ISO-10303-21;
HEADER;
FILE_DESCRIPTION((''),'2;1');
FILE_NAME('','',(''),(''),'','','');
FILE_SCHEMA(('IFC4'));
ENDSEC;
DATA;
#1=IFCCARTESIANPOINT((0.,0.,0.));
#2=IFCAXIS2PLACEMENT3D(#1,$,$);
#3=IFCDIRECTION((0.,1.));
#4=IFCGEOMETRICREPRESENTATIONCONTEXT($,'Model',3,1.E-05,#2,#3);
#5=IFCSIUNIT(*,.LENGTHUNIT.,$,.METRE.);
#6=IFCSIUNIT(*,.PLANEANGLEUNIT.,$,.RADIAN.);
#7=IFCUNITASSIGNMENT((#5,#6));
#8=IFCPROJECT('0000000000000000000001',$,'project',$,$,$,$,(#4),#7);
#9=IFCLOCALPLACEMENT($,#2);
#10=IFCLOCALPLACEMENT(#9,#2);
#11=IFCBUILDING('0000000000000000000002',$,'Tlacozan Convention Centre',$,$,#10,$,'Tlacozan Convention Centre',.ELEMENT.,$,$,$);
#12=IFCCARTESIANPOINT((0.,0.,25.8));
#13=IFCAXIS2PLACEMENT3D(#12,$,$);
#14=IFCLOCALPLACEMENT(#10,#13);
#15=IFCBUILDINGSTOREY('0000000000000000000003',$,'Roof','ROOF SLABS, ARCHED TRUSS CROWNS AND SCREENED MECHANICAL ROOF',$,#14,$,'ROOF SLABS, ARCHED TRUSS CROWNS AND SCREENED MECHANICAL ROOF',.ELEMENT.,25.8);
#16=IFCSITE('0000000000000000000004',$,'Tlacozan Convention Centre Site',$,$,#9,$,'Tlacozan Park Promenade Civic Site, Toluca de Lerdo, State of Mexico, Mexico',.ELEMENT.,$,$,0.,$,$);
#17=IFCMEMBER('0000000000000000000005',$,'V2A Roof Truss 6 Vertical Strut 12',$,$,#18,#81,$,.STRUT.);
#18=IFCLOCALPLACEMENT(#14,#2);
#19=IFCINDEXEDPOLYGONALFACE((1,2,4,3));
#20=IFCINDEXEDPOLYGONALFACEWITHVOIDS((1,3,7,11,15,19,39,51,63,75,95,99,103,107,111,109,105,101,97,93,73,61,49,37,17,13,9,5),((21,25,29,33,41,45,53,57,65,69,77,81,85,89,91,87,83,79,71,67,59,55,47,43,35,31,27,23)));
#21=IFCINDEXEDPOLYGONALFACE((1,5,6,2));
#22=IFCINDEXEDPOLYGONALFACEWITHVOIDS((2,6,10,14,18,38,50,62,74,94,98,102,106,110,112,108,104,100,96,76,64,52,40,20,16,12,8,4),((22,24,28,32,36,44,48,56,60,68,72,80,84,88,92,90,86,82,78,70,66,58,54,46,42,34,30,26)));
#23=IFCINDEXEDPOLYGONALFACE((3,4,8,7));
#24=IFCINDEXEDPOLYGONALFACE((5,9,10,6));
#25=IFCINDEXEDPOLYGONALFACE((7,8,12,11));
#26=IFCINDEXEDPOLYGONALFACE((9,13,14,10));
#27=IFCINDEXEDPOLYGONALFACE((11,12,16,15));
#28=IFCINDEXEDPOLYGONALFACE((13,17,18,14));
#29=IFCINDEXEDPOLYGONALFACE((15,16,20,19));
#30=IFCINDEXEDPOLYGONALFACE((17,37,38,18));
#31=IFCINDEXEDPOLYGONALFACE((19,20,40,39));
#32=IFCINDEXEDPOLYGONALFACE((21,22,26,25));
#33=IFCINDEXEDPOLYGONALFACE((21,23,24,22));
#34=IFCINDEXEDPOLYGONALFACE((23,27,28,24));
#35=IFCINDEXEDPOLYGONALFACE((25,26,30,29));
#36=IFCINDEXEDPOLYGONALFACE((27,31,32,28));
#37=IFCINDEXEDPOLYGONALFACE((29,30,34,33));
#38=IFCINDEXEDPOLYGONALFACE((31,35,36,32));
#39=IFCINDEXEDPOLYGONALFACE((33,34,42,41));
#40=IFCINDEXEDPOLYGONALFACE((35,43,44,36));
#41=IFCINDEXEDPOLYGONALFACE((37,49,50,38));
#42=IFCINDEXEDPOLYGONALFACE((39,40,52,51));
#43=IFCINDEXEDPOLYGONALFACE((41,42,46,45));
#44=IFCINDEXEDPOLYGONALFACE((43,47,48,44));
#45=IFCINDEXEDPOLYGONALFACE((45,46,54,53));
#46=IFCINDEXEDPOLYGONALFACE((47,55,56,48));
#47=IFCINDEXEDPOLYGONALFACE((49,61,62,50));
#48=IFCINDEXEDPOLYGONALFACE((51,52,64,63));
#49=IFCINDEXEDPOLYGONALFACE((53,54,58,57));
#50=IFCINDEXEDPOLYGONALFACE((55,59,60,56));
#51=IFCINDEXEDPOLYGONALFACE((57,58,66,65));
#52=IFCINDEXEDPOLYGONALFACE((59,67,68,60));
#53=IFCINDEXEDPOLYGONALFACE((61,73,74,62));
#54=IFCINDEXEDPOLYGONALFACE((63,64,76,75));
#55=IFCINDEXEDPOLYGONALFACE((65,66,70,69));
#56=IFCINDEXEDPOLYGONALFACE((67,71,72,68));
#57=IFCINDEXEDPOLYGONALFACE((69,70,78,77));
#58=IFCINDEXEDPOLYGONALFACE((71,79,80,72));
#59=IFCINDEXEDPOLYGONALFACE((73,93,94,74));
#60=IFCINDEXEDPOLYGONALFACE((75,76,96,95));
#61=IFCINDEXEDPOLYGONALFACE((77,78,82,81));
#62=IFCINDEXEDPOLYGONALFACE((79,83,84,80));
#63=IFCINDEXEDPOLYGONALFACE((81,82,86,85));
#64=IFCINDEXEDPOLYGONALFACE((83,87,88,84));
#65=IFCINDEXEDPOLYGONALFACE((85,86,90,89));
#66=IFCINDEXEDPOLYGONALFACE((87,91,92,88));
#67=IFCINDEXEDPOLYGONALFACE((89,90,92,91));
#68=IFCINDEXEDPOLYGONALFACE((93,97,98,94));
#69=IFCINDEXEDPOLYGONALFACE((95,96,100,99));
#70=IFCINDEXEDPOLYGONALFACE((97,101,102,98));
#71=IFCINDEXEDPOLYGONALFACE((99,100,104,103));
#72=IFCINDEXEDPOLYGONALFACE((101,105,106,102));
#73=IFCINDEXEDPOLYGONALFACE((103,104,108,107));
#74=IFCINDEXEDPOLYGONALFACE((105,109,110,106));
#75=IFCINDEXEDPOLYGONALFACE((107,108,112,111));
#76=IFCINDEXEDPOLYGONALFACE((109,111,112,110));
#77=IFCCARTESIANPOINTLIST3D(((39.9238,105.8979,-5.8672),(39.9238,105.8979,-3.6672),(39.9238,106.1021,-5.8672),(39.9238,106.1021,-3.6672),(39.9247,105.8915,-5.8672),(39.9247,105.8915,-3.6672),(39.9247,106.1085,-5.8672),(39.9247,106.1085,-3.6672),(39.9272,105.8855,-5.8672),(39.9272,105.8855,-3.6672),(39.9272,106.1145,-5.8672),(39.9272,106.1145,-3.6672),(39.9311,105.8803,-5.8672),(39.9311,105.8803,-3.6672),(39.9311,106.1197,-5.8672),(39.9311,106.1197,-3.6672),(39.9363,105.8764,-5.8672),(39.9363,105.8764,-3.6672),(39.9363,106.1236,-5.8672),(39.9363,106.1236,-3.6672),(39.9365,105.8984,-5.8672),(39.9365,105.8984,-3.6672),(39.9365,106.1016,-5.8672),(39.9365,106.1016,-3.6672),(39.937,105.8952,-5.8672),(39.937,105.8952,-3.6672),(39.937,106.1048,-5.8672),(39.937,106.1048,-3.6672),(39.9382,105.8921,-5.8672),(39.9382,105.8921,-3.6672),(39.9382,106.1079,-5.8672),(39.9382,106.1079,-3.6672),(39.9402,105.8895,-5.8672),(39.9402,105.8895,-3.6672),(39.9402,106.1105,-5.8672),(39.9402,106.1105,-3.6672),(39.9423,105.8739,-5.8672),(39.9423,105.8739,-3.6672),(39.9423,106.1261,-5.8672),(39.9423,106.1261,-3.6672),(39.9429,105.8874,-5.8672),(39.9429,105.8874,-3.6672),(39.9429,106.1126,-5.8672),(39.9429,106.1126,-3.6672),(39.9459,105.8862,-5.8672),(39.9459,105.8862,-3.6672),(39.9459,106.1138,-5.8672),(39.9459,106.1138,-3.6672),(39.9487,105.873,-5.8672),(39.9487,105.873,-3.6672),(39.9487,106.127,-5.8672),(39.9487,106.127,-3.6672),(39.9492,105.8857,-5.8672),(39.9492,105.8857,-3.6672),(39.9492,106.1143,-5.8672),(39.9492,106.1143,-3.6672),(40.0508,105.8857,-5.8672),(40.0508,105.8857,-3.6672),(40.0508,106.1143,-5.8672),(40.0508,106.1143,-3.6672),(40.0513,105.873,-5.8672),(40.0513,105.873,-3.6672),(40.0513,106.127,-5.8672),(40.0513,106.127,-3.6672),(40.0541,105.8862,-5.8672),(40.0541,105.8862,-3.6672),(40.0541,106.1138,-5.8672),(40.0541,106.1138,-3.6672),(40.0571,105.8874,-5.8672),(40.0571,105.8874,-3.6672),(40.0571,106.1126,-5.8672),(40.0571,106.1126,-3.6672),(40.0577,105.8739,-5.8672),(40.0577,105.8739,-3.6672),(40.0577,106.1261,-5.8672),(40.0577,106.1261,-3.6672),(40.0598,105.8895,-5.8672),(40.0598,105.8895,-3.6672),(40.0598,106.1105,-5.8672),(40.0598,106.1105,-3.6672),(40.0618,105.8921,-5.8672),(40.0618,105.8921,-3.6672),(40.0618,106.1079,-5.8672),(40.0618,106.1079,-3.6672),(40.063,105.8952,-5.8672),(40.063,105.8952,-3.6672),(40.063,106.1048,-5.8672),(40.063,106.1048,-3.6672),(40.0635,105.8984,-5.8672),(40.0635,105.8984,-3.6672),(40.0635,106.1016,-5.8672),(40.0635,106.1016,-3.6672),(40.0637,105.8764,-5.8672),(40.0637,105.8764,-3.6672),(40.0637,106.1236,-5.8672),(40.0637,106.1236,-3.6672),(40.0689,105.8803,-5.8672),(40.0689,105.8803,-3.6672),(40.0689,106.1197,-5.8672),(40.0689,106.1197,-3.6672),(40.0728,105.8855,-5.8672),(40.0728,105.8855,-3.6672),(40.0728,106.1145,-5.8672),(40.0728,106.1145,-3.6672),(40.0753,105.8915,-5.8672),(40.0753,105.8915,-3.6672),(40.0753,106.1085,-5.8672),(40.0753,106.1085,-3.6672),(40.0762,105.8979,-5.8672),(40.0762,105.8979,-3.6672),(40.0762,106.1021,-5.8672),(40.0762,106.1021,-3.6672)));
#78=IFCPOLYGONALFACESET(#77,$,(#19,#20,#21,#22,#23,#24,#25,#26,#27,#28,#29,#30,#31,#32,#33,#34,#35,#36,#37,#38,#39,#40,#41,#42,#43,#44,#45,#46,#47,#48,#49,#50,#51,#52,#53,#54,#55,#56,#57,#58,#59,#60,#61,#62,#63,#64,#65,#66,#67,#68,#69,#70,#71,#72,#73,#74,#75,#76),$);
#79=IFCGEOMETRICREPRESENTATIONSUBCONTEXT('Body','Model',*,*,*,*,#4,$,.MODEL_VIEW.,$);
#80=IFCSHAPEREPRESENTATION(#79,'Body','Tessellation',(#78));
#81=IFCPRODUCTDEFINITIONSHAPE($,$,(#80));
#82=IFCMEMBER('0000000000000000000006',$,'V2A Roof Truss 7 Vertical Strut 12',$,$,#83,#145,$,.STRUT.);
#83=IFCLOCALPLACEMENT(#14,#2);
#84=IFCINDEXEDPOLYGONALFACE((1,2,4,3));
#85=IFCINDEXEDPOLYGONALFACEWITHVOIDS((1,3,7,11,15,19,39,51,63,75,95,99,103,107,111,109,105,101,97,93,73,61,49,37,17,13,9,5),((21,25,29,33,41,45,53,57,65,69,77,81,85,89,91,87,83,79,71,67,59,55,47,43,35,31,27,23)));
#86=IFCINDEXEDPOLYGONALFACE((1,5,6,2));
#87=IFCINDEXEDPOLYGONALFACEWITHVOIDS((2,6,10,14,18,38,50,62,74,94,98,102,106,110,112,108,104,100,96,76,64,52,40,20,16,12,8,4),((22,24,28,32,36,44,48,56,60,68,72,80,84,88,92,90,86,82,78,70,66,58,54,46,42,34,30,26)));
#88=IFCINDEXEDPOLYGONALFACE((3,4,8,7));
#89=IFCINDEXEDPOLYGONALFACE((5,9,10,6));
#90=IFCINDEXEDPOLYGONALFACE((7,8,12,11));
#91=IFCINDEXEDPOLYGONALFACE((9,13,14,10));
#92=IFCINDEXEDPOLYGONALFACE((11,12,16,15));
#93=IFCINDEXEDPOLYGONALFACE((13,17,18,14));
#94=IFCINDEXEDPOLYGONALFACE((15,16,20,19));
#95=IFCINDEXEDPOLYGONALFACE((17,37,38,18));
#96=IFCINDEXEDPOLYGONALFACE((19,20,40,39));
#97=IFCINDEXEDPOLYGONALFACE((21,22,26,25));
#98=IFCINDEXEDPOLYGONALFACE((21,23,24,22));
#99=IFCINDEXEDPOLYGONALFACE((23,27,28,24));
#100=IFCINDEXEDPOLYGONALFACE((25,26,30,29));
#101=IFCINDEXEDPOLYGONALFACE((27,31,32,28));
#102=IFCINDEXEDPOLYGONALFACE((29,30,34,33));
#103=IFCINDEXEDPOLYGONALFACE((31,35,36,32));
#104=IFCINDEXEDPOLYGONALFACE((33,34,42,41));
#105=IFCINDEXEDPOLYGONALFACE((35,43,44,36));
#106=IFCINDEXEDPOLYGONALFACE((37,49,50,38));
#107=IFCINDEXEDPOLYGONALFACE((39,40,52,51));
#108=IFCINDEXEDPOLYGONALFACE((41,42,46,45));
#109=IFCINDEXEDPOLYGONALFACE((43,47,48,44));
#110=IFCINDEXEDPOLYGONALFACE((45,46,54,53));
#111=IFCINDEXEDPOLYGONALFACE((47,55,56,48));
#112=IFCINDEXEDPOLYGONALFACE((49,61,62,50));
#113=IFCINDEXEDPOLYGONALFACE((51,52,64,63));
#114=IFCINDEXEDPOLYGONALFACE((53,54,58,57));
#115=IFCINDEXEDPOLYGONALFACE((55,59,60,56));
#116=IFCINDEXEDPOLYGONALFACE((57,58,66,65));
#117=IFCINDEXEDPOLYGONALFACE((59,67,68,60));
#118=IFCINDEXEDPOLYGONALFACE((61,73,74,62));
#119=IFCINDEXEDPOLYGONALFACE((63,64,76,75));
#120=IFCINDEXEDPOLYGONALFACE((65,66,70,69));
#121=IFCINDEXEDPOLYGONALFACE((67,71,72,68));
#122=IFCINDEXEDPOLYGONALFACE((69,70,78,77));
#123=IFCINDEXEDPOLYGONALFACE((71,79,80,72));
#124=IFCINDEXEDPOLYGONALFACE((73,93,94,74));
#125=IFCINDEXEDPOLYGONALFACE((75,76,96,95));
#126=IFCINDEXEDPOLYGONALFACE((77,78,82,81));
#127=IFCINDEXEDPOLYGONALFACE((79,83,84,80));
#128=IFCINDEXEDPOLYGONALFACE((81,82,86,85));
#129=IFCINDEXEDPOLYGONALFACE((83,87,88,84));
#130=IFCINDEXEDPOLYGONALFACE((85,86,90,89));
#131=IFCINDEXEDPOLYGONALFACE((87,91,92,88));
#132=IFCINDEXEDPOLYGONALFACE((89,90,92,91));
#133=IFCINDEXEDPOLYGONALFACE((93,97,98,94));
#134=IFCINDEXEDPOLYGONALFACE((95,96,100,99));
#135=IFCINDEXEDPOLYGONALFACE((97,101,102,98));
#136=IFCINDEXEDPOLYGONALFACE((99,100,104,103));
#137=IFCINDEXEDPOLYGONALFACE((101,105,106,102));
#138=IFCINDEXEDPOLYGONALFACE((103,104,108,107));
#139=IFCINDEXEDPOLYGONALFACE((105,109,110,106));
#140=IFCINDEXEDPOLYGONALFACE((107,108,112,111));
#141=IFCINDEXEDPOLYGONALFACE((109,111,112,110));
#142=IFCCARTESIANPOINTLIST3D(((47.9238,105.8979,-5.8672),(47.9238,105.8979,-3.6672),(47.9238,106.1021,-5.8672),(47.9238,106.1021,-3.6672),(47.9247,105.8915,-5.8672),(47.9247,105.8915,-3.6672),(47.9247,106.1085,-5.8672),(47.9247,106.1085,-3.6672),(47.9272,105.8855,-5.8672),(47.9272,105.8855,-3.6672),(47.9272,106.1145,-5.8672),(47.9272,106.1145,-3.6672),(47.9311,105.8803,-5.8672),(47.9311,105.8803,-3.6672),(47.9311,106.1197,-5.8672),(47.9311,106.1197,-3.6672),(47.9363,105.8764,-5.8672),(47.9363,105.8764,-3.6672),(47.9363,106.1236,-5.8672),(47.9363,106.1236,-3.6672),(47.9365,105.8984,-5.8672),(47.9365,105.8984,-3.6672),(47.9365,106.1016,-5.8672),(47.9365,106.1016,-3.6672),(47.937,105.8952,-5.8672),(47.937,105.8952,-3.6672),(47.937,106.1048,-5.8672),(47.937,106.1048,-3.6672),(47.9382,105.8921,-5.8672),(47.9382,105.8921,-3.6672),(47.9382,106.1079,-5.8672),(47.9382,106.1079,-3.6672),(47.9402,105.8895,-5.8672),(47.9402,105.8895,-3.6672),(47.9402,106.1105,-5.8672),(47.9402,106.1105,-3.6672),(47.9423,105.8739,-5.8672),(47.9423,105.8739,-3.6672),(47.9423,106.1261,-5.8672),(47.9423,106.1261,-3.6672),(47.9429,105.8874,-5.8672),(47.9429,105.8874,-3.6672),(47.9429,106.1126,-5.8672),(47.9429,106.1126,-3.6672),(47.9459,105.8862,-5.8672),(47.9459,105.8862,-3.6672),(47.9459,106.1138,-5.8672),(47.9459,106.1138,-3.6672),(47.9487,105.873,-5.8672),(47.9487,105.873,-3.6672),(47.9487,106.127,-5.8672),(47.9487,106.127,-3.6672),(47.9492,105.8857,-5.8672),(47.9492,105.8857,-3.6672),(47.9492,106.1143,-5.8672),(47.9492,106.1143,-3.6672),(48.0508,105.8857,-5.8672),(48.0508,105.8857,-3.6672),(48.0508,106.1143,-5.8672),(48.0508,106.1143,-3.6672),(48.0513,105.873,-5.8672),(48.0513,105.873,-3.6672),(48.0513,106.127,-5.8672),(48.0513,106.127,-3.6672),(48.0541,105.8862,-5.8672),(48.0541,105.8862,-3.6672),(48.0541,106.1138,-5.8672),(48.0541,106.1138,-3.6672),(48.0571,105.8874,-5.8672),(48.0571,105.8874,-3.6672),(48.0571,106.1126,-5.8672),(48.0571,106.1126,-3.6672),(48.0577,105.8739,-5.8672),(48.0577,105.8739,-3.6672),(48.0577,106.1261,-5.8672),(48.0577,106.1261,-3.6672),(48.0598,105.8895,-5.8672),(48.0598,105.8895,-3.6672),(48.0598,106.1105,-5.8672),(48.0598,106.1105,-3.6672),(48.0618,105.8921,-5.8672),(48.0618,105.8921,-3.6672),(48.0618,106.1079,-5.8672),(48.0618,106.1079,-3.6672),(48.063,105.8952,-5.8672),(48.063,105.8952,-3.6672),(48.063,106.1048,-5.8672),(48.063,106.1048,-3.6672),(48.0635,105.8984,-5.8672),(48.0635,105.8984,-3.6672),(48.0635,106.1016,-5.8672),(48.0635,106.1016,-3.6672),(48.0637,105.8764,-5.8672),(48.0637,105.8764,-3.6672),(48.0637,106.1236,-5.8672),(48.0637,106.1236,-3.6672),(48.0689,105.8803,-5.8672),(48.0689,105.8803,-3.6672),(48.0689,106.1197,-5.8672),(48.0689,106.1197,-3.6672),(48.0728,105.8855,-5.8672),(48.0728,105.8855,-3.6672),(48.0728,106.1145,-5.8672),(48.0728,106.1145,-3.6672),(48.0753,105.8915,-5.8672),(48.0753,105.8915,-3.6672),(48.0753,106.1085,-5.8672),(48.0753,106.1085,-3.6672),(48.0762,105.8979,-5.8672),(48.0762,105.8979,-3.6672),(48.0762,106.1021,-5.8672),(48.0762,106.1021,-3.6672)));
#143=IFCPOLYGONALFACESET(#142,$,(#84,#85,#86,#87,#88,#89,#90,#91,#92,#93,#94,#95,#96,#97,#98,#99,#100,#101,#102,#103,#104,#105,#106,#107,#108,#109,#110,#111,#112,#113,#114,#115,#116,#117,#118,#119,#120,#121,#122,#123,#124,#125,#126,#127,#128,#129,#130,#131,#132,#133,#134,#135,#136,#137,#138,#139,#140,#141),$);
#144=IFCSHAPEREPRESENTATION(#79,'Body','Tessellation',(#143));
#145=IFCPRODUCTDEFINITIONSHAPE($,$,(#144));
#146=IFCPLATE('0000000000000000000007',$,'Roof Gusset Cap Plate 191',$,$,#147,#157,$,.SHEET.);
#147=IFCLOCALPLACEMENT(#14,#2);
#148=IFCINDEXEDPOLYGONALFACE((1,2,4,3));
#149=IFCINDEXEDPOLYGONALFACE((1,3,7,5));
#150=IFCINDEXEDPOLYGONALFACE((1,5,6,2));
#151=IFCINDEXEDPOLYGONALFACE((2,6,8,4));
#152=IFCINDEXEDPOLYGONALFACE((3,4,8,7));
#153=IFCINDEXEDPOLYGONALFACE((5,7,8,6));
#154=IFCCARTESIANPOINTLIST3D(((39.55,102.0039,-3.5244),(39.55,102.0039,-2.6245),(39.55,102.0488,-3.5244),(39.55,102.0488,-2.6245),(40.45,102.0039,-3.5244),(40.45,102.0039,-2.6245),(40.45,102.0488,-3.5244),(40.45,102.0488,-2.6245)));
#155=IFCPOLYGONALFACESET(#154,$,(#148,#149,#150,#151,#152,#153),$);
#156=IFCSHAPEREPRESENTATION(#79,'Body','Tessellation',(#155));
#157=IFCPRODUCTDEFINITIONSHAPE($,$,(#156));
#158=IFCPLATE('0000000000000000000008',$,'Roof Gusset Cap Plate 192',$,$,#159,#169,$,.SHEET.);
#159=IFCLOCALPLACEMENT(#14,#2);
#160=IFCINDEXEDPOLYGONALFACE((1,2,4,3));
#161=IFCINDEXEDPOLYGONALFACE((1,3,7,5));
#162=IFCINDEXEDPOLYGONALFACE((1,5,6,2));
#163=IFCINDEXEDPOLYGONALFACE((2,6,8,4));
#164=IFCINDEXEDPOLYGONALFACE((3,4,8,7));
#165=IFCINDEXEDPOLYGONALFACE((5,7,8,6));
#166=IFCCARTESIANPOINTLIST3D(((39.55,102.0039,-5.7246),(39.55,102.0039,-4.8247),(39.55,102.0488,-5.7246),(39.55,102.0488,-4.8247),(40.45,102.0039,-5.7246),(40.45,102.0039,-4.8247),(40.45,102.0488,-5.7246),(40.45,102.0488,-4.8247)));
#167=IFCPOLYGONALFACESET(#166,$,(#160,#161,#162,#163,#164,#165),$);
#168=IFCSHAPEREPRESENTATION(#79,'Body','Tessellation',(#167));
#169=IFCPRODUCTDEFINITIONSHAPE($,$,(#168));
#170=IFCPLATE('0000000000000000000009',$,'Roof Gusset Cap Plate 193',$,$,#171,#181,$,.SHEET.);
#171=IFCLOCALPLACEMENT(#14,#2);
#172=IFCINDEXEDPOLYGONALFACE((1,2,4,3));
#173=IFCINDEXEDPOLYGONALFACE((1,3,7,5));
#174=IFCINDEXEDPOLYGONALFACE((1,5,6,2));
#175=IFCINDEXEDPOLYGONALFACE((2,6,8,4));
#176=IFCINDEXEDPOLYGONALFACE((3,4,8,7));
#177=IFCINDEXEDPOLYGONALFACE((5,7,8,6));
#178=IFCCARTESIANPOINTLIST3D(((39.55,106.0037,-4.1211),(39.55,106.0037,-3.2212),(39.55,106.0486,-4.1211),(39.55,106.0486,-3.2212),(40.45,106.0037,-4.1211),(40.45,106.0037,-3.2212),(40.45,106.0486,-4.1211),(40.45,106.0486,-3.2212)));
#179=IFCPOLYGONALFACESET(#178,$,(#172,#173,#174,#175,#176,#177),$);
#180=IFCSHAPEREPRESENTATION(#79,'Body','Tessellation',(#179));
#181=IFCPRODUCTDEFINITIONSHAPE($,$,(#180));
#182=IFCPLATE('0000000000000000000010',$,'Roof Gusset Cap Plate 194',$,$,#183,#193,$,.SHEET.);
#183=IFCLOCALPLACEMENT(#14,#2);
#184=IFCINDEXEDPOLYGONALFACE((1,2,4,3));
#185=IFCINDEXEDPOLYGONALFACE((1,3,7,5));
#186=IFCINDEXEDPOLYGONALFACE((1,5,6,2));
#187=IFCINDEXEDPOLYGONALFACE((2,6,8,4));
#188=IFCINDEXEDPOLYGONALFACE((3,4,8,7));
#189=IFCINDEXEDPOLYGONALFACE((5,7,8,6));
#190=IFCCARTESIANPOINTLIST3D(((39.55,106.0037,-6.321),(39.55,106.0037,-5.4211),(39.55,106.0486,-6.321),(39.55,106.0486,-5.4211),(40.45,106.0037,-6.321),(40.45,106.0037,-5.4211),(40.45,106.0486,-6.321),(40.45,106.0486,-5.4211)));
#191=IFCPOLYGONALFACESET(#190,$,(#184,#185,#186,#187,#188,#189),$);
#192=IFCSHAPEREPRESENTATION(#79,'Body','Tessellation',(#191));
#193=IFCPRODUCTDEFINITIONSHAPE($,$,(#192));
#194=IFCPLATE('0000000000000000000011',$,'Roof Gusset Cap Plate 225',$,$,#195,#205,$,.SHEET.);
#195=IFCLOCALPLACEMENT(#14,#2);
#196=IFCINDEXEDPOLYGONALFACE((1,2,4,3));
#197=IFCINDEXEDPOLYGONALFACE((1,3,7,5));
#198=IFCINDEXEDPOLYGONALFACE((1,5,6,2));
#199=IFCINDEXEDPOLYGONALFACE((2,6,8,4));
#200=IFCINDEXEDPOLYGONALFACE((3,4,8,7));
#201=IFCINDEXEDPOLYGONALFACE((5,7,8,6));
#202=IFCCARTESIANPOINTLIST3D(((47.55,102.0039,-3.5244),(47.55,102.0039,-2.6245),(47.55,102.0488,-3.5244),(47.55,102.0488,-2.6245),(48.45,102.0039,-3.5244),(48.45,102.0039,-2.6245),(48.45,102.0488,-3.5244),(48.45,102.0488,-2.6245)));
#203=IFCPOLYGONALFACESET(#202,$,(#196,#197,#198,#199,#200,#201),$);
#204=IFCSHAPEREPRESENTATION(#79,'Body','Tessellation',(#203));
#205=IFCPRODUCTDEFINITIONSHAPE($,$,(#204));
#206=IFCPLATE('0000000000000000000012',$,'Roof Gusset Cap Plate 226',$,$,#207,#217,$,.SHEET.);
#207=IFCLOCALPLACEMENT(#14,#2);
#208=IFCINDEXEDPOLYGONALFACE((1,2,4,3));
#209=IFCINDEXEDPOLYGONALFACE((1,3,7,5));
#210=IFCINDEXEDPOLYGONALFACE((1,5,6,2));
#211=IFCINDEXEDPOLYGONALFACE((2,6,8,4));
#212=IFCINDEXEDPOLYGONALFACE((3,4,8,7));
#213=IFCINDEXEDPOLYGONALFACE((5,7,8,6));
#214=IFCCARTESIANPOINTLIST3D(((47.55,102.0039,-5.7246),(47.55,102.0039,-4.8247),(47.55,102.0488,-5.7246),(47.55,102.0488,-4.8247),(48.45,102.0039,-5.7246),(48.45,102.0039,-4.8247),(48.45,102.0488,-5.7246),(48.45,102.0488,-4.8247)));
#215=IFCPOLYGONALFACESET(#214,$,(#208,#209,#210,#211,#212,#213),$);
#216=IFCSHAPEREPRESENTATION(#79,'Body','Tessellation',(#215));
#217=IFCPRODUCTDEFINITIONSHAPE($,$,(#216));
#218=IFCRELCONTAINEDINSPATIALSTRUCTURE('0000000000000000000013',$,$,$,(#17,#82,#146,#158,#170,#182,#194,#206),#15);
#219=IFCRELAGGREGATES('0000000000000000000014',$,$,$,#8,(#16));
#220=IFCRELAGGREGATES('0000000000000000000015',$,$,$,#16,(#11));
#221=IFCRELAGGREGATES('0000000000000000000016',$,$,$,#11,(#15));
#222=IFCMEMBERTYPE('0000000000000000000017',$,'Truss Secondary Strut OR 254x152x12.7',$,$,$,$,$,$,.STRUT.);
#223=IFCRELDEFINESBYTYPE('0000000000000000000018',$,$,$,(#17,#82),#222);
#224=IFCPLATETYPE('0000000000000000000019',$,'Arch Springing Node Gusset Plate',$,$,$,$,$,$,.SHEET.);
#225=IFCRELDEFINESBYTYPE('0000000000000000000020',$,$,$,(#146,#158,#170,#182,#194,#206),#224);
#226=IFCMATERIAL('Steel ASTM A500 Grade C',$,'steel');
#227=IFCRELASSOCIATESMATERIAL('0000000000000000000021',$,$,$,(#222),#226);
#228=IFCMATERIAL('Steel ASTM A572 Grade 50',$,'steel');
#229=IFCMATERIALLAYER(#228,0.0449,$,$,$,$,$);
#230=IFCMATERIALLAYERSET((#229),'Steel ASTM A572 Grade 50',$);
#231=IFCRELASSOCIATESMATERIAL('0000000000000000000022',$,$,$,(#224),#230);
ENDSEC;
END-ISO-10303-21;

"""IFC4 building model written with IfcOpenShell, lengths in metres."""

from ifc_helpers import new_model, si_unit, direction, frame, origin, origin_2d, place, context, subcontext, project, spatial, rectangle, hollow_rectangle, extrude, material, layer, layer_set, material_profile, profile_set, type_object, element, save


model = new_model("IFC4")

# Units and contexts
model_context = context("Model", 3, precision=1e-05, world=origin(), true_north=direction((0.0, 1.0)))
body_context = subcontext(model_context, "Body", "Model", "MODEL_VIEW")
ifc_project = project(units=[si_unit("LENGTHUNIT", "METRE"), si_unit("PLANEANGLEUNIT", "RADIAN")], contexts=[model_context])

# Site, building, storey
site_placement = place(None, origin())
site = spatial("IfcSite", under=ifc_project, at=site_placement, Name="Tlacozan Convention Centre Site", LongName="Tlacozan Park Promenade Civic Site, Toluca de Lerdo, State of Mexico, Mexico", CompositionType="ELEMENT", RefElevation=0.0)
building_placement = place(site_placement, origin())
building = spatial("IfcBuilding", under=site, at=building_placement, Name="Tlacozan Convention Centre", LongName="Tlacozan Convention Centre", CompositionType="ELEMENT")
storey_placement = place(building_placement, frame((0.0, 0.0, 25.8)))
storey = spatial("IfcBuildingStorey", under=building, at=storey_placement, Name="Roof", Description="ROOF SLABS, ARCHED TRUSS CROWNS AND SCREENED MECHANICAL ROOF", LongName="ROOF SLABS, ARCHED TRUSS CROWNS AND SCREENED MECHANICAL ROOF", CompositionType="ELEMENT", Elevation=25.8)

# Members
ifc_material_1 = material(Name="Steel ASTM A500 Grade C", Category="steel")
ifc_material_profile_1 = material_profile(ifc_material_1, hollow_rectangle(XDim=0.1523, YDim=0.2539, WallThickness=0.0127, InnerFilletRadius=0.0127, OuterFilletRadius=0.0249, at=origin_2d()), Name="OR 254x152x12.7")
ifc_profile_set_1 = profile_set([ifc_material_profile_1], Name="Steel ASTM A500 Grade C")
member_type_1 = type_object("IfcMemberType", Name="Truss Secondary Strut OR 254x152x12.7", PredefinedType="STRUT", material=ifc_profile_set_1)
for number, where, z_axis, x_axis, name in (
    (1, (40.0, 106.0, -5.8672), (0.0, 0.0, 1.0), (1.0, 0.0, 0.0), "V2A Roof Truss 6 Vertical Strut 12"),
    (2, (48.0, 106.0, -5.8672), (0.0, 0.0, 1.0), (1.0, 0.0, 0.0), "V2A Roof Truss 7 Vertical Strut 12"),
):
    element("IfcMember", number, at=place(storey_placement, frame(where, z_axis=z_axis, x_axis=x_axis)), inside=storey, type_object=member_type_1, Name=name, PredefinedType="STRUT", context=body_context, shape_type="SweptSolid", body=[
        extrude(hollow_rectangle(XDim=0.1523, YDim=0.2539, WallThickness=0.0127, InnerFilletRadius=0.0127, OuterFilletRadius=0.0249, at=origin_2d()), origin(), (0.0, 0.0, 1.0), 2.2),
    ])

# Plates
ifc_material_2 = material(Name="Steel ASTM A572 Grade 50", Category="steel")
ifc_layer = layer(ifc_material_2, 0.0449)
ifc_layer_set = layer_set([ifc_layer], Name="Steel ASTM A572 Grade 50")
plate_type = type_object("IfcPlateType", Name="Arch Springing Node Gusset Plate", PredefinedType="SHEET", material=ifc_layer_set)
for number, where, z_axis, x_axis, name in (
    (3, (40.0, 102.0264, -3.5244), (0.0, 0.0, 1.0), (0.0, 1.0, 0.0), "Roof Gusset Cap Plate 191"),
    (4, (40.0, 102.0264, -5.7246), (0.0, 0.0, 1.0), (0.0, 1.0, 0.0), "Roof Gusset Cap Plate 192"),
    (5, (40.0, 106.0261, -4.1211), (0.0, 0.0, 1.0), (0.0, 1.0, 0.0), "Roof Gusset Cap Plate 193"),
    (6, (40.0, 106.0261, -6.321), (0.0, 0.0, 1.0), (0.0, 1.0, 0.0), "Roof Gusset Cap Plate 194"),
    (7, (48.0, 102.0264, -3.5244), (0.0, 0.0, 1.0), (0.0, 1.0, 0.0), "Roof Gusset Cap Plate 225"),
    (8, (48.0, 102.0264, -5.7246), (0.0, 0.0, 1.0), (0.0, 1.0, 0.0), "Roof Gusset Cap Plate 226"),
):
    element("IfcPlate", number, at=place(storey_placement, frame(where, z_axis=z_axis, x_axis=x_axis)), inside=storey, type_object=plate_type, Name=name, PredefinedType="SHEET", context=body_context, shape_type="SweptSolid", body=[
        extrude(rectangle(XDim=0.0449, YDim=0.8999, at=origin_2d()), origin(), (0.0, 0.0, 1.0), 0.8999),
    ])

save(model, "model.ifc")
